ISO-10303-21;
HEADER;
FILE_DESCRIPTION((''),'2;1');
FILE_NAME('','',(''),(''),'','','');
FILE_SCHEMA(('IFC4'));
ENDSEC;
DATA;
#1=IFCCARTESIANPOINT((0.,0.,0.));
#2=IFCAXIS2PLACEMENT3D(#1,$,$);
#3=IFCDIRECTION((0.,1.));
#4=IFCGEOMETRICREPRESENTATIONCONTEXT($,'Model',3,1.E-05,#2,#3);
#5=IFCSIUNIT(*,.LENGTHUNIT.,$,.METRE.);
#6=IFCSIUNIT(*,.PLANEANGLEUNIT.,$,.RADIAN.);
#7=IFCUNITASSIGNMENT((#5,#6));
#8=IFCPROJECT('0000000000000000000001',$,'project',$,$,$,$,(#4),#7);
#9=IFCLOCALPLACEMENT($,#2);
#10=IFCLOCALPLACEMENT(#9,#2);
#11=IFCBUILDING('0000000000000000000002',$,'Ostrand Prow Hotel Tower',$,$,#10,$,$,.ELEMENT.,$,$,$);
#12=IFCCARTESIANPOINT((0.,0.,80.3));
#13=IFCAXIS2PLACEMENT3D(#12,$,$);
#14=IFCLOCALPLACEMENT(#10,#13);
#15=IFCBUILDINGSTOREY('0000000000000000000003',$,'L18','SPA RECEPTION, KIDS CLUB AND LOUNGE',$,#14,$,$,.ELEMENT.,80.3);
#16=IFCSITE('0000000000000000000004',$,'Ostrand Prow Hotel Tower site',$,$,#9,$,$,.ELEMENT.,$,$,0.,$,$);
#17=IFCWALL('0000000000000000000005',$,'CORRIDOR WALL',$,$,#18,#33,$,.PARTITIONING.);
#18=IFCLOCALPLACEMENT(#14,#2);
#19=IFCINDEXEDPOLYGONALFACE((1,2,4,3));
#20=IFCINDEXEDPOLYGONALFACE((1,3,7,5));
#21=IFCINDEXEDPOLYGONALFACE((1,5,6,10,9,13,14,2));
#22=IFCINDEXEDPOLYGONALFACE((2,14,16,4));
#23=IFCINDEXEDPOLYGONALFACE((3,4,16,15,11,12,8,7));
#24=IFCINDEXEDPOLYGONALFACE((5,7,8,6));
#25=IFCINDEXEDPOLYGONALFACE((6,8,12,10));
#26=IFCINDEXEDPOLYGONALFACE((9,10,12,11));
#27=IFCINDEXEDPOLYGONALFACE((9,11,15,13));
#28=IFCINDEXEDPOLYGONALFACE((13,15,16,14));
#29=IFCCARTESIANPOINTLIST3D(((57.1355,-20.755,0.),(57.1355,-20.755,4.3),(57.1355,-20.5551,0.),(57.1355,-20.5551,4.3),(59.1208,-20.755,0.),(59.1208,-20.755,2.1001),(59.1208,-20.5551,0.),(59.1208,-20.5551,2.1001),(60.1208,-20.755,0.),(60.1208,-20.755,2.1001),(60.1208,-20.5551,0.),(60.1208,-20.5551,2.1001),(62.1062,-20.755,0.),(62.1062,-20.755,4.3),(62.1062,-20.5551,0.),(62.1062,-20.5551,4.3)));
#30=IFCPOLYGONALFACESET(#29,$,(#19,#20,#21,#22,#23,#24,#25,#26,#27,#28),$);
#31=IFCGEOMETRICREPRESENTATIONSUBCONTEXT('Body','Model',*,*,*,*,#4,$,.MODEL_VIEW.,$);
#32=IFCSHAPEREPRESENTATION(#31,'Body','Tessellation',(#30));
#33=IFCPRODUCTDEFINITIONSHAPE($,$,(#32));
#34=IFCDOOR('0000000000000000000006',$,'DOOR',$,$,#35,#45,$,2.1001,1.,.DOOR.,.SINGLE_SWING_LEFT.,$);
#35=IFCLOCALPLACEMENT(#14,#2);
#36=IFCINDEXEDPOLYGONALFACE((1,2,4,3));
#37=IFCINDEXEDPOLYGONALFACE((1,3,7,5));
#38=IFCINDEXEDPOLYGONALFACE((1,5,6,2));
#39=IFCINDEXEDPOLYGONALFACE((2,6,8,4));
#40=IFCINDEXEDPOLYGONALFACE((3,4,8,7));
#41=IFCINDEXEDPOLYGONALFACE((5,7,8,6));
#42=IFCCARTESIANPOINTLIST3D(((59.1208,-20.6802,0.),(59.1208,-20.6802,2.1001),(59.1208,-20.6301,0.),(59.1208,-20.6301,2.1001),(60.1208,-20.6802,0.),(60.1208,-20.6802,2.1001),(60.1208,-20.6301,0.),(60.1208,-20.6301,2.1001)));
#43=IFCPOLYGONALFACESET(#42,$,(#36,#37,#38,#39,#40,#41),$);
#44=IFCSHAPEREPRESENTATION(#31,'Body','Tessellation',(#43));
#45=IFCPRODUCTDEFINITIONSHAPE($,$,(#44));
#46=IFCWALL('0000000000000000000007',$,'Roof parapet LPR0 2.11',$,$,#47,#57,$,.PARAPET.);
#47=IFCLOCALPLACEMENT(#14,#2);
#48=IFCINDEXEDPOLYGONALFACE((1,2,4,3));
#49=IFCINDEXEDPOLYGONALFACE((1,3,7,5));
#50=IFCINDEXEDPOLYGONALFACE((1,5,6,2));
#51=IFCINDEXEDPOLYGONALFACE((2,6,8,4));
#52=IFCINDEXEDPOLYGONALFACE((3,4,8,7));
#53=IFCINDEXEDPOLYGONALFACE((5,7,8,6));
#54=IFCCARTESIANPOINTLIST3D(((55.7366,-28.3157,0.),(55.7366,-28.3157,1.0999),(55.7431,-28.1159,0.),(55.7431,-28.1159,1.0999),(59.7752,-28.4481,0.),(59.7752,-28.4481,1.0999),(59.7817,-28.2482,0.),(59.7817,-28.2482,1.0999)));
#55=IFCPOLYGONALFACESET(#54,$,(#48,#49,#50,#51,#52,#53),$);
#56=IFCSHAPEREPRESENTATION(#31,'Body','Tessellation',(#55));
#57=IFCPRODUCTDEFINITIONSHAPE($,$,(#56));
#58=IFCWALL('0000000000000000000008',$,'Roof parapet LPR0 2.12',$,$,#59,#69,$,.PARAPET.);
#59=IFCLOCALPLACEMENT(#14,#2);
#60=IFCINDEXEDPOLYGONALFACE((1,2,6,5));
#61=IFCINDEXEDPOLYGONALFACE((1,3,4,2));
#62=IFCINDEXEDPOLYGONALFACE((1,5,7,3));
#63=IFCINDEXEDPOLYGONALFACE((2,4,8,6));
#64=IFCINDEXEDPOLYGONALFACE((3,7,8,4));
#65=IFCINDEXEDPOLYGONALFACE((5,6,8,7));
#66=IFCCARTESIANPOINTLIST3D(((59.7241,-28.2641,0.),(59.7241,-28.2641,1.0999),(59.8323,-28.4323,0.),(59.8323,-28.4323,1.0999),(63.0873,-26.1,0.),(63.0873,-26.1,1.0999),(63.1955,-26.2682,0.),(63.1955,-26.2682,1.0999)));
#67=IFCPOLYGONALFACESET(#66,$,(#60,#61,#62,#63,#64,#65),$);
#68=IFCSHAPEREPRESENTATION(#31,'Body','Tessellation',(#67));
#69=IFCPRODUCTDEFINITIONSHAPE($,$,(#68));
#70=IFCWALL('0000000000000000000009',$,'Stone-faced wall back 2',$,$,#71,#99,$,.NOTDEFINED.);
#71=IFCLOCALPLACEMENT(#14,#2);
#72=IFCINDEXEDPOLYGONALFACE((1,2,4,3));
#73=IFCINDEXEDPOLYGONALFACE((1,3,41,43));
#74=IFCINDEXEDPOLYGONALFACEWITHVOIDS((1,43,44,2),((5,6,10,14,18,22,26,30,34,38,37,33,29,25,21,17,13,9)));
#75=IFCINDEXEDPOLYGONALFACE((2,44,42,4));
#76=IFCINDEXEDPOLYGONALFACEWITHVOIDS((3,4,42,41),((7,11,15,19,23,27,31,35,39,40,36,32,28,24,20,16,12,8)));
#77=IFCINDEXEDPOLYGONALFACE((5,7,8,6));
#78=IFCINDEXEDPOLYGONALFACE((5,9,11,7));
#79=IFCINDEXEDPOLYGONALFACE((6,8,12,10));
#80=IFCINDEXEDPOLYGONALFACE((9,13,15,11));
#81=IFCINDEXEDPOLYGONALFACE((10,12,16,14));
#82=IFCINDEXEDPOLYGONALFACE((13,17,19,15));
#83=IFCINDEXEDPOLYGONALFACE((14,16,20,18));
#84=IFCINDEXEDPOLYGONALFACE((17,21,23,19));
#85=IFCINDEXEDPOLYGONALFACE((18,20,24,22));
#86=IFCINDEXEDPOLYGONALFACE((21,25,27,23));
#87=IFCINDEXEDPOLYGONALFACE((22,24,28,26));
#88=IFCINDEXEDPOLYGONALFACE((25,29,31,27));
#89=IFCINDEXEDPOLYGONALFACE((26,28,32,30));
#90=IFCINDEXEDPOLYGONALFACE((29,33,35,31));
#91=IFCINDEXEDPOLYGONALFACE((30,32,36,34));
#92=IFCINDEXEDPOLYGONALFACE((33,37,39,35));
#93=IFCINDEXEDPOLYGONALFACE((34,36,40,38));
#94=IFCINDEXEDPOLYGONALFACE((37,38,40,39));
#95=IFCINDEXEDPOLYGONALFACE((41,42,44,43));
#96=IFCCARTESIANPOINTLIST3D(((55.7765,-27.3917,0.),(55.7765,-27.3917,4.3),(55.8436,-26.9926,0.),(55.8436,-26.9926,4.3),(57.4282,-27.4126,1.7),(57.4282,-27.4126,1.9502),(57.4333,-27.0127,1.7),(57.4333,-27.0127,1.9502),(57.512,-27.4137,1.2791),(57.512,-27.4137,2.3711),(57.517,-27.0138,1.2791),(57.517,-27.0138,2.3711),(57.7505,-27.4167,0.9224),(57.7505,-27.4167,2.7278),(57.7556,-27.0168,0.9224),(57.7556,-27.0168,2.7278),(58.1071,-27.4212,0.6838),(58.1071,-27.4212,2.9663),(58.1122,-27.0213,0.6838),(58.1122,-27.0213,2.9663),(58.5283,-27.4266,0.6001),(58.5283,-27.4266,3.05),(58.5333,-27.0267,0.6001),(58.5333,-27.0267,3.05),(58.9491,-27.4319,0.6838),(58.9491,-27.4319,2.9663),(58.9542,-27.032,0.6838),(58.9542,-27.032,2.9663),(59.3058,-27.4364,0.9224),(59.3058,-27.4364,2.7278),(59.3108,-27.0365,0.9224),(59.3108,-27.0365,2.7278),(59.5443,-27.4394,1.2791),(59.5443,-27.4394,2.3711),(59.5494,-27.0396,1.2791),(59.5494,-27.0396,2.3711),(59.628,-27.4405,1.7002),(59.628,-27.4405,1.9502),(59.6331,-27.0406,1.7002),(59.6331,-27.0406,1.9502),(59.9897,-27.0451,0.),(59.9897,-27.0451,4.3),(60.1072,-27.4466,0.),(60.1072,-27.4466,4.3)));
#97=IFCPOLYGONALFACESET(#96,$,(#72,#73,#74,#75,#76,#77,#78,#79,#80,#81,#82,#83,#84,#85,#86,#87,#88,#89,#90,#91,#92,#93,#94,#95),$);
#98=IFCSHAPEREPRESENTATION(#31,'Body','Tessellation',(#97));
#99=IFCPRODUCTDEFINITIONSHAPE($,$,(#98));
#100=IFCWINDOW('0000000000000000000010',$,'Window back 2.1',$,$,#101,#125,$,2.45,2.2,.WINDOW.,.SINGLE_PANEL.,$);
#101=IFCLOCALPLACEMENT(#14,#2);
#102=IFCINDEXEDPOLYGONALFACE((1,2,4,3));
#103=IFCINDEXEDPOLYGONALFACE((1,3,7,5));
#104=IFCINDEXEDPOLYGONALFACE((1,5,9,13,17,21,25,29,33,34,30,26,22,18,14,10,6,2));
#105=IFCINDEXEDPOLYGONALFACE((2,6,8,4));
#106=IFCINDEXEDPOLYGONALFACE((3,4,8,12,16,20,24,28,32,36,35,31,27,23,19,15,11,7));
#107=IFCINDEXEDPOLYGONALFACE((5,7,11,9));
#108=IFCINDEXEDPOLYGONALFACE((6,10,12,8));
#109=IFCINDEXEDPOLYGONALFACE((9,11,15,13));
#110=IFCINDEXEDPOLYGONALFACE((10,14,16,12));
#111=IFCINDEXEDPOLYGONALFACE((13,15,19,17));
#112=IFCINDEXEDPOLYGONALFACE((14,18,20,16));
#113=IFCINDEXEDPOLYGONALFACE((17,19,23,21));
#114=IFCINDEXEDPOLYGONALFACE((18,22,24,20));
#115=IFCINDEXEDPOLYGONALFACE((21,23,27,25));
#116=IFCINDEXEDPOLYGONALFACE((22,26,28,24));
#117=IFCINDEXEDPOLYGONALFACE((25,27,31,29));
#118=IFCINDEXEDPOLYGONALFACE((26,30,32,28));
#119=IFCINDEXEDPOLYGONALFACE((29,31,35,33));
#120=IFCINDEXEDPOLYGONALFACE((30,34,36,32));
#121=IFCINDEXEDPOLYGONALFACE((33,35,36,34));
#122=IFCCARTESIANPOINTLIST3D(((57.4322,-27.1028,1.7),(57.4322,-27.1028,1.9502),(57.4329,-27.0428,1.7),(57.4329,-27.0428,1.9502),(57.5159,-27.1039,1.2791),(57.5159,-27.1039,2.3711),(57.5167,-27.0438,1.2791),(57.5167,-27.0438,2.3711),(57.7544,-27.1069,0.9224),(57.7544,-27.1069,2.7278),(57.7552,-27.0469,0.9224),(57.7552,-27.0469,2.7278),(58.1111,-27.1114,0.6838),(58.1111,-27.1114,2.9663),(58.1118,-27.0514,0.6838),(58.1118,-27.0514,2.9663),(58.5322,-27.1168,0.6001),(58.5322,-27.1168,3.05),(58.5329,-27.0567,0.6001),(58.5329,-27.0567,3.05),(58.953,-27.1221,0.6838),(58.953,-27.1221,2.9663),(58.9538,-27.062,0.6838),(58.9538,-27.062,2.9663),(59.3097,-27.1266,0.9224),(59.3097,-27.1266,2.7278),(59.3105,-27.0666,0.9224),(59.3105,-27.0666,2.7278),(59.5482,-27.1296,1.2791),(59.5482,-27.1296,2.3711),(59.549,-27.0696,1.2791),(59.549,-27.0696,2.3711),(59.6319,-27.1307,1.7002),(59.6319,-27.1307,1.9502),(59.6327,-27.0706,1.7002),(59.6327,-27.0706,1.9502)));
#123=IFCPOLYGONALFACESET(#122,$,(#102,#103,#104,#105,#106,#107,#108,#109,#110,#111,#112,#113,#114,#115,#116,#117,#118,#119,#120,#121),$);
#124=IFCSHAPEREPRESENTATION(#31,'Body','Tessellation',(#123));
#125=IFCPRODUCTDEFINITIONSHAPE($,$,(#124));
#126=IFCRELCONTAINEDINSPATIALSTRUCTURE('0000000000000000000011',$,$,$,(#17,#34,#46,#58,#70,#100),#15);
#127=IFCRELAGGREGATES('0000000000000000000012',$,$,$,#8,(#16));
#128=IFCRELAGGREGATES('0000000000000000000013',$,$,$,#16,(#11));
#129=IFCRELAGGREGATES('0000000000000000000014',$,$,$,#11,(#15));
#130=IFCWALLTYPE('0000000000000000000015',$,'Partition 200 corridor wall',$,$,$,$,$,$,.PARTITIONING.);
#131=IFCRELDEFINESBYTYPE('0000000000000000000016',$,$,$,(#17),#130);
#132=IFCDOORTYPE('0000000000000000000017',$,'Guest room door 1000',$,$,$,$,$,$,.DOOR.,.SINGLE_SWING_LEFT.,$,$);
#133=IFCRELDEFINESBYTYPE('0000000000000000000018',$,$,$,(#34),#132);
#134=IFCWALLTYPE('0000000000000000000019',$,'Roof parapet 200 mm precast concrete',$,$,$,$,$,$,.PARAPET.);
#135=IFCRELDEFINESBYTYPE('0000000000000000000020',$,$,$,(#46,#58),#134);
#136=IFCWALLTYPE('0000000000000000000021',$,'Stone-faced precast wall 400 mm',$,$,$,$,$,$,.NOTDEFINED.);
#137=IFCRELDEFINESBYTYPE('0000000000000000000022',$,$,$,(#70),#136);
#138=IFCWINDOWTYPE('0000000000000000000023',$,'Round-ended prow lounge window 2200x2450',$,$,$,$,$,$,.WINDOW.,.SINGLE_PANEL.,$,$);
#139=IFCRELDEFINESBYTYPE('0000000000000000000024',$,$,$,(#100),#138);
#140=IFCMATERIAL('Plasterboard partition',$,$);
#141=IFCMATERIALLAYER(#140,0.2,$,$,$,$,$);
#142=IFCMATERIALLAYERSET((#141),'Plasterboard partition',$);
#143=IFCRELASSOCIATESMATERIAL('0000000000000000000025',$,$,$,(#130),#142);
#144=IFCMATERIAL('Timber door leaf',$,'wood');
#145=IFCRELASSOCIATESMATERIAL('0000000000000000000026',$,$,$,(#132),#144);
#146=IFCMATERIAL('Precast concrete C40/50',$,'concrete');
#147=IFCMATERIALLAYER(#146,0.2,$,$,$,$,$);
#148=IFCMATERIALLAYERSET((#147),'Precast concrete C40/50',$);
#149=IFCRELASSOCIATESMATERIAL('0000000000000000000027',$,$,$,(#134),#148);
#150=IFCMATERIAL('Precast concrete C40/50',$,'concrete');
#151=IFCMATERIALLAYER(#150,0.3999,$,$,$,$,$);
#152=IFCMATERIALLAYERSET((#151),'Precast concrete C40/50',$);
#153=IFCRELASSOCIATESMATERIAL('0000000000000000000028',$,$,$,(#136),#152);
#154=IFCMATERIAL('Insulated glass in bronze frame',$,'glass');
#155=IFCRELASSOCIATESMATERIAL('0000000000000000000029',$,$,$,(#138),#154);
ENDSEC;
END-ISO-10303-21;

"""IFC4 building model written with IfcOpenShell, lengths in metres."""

from ifc_helpers import new_model, si_unit, direction, frame, frame_2d, origin, place, context, subcontext, project, spatial, polyline, rectangle, outline, extrude, material, layer, layer_set, type_object, element, fill, save


model = new_model("IFC4")

# Units and contexts
model_context = context("Model", 3, precision=1e-05, world=origin(), true_north=direction((0.0, 1.0)))
body_context = subcontext(model_context, "Body", "Model", "MODEL_VIEW")
ifc_project = project(units=[si_unit("LENGTHUNIT", "METRE"), si_unit("PLANEANGLEUNIT", "RADIAN")], contexts=[model_context])

# Site, building, storey
site_placement = place(None, origin())
site = spatial("IfcSite", under=ifc_project, at=site_placement, Name="Ostrand Prow Hotel Tower site", CompositionType="ELEMENT", RefElevation=0.0)
building_placement = place(site_placement, origin())
building = spatial("IfcBuilding", under=site, at=building_placement, Name="Ostrand Prow Hotel Tower", CompositionType="ELEMENT")
storey_placement = place(building_placement, frame((0.0, 0.0, 80.3)))
storey = spatial("IfcBuildingStorey", under=building, at=storey_placement, Name="L18", Description="SPA RECEPTION, KIDS CLUB AND LOUNGE", CompositionType="ELEMENT", Elevation=80.3)

# Wall, opening, door
ifc_material_1 = material(Name="Plasterboard partition")
ifc_layer_1 = layer(ifc_material_1, 0.2)
ifc_layer_set_1 = layer_set([ifc_layer_1], Name="Plasterboard partition")
wall_type_1 = type_object("IfcWallType", Name="Partition 200 corridor wall", PredefinedType="PARTITIONING", material=ifc_layer_set_1)
wall_1_placement = place(storey_placement, frame((57.1355, -20.655, 0.0), z_axis=(0.0, 0.0, 1.0), x_axis=(1.0, 0.0, 0.0)))
wall_1 = element("IfcWall", 1, at=wall_1_placement, inside=storey, type_object=wall_type_1, Name="CORRIDOR WALL", PredefinedType="PARTITIONING", context=body_context, shape_type="SweptSolid", body=[
    extrude(rectangle(XDim=4.9707, YDim=0.2, at=frame_2d((2.4854, 0.0))), origin(), (0.0, 0.0, 1.0), 4.3),
])
opening_1_placement = place(wall_1_placement, frame((1.9854, 0.0, 0.0)))
opening_1 = element("IfcOpeningElement", 2, at=opening_1_placement, cuts=wall_1, PredefinedType="OPENING", context=body_context, shape_type="SweptSolid", body=[
    extrude(rectangle(XDim=1.0, YDim=2.1001, at=frame_2d((0.5, 1.05))), frame((0.0, 0.1099, 0.0), z_axis=(0.0, -1.0, 0.0), x_axis=(1.0, 0.0, 0.0)), (0.0, 0.0, 1.0), 0.22),
])
ifc_material_2 = material(Name="Timber door leaf", Category="wood")
door_type_1 = type_object("IfcDoorType", Name="Guest room door 1000", OperationType="SINGLE_SWING_LEFT", PredefinedType="DOOR", material=ifc_material_2)
door_1_placement = place(opening_1_placement, origin())
door_1 = element("IfcDoor", 3, at=door_1_placement, inside=storey, type_object=door_type_1, Name="DOOR", OperationType="SINGLE_SWING_LEFT", OverallHeight=2.1001, OverallWidth=1.0, PredefinedType="DOOR", context=body_context, shape_type="SweptSolid", body=[
    extrude(rectangle(XDim=1.0, YDim=2.1001, at=frame_2d((0.5, 1.05))), frame((0.0, 0.0249, 0.0), z_axis=(0.0, -1.0, 0.0), x_axis=(1.0, 0.0, 0.0)), (0.0, 0.0, 1.0), 0.05),
])
fill(opening_1, door_1)

# Walls
ifc_material_3 = material(Name="Precast concrete C40/50", Category="concrete")
ifc_layer_2 = layer(ifc_material_3, 0.2)
ifc_layer_set_2 = layer_set([ifc_layer_2], Name="Precast concrete C40/50")
wall_type_2 = type_object("IfcWallType", Name="Roof parapet 200 mm precast concrete", PredefinedType="PARAPET", material=ifc_layer_set_2)
wall_2_placement = place(storey_placement, frame((55.7397, -28.2158, 0.0), z_axis=(0.0, 0.0, 1.0), x_axis=(0.999464, -0.032748, 0.0)))
element("IfcWall", 4, at=wall_2_placement, inside=storey, type_object=wall_type_2, Name="Roof parapet LPR0 2.11", PredefinedType="PARAPET", context=body_context, shape_type="SweptSolid", body=[
    extrude(rectangle(XDim=4.0408, YDim=0.2, at=frame_2d((2.0205, 0.0))), origin(), (0.0, 0.0, 1.0), 1.0999),
])
wall_3_placement = place(storey_placement, frame((59.7783, -28.3481, 0.0), z_axis=(0.0, 0.0, 1.0), x_axis=(0.840938, 0.541131, 0.0)))
element("IfcWall", 5, at=wall_3_placement, inside=storey, type_object=wall_type_2, Name="Roof parapet LPR0 2.12", PredefinedType="PARAPET", context=body_context, shape_type="SweptSolid", body=[
    extrude(rectangle(XDim=3.9993, YDim=0.2, at=frame_2d((1.9995, 0.0))), origin(), (0.0, 0.0, 1.0), 1.0999),
])

# Wall, opening, window
ifc_material_4 = material(Name="Precast concrete C40/50", Category="concrete")
ifc_layer_3 = layer(ifc_material_4, 0.3999)
ifc_layer_set_3 = layer_set([ifc_layer_3], Name="Precast concrete C40/50")
wall_type_3 = type_object("IfcWallType", Name="Stone-faced precast wall 400 mm", PredefinedType="NOTDEFINED", material=ifc_layer_set_3)
wall_4_placement = place(storey_placement, frame((55.8101, -27.1921, 0.0), z_axis=(0.0, 0.0, 1.0), x_axis=(0.99992, -0.012671, 0.0)))
wall_4 = element("IfcWall", 6, at=wall_4_placement, inside=storey, type_object=wall_type_3, Name="Stone-faced wall back 2", PredefinedType="NOTDEFINED", context=body_context, shape_type="SweptSolid", body=[
    extrude(outline(polyline([(-0.031, -0.2), (4.3, -0.2), (4.1775, 0.2), (0.031, 0.2), (-0.031, -0.2)])), origin(), (0.0, 0.0, 1.0), 4.3),
])
opening_2_placement = place(wall_4_placement, frame((1.6208, 0.0, 0.6001)))
opening_2 = element("IfcOpeningElement", 7, at=opening_2_placement, cuts=wall_4, PredefinedType="OPENING", context=body_context, shape_type="SweptSolid", body=[
    extrude(outline(polyline([(0.0, 1.3501), (0.0837, 1.771), (0.3223, 2.1277), (0.679, 2.3662), (1.1001, 2.45), (1.521, 2.3662), (1.8777, 2.1277), (2.1162, 1.771), (2.2, 1.3501), (2.2, 1.1001), (2.1162, 0.679), (1.8777, 0.3223), (1.521, 0.0837), (1.1001, 0.0), (0.679, 0.0837), (0.3223, 0.3223), (0.0837, 0.679), (0.0, 1.0999), (0.0, 1.3501)])), frame((0.0, 0.21, 0.0), z_axis=(0.0, -1.0, 0.0), x_axis=(1.0, 0.0, 0.0)), (0.0, 0.0, 1.0), 0.4199),
])
ifc_material_5 = material(Name="Insulated glass in bronze frame", Category="glass")
window_type_1 = type_object("IfcWindowType", Name="Round-ended prow lounge window 2200x2450", PartitioningType="SINGLE_PANEL", PredefinedType="WINDOW", material=ifc_material_5)
window_1_placement = place(opening_2_placement, origin())
window_1 = element("IfcWindow", 8, at=window_1_placement, inside=storey, type_object=window_type_1, Name="Window back 2.1", OverallHeight=2.45, OverallWidth=2.2, PartitioningType="SINGLE_PANEL", PredefinedType="WINDOW", context=body_context, shape_type="SweptSolid", body=[
    extrude(outline(polyline([(0.0, 1.3501), (0.0837, 1.771), (0.3223, 2.1277), (0.679, 2.3662), (1.1001, 2.45), (1.521, 2.3662), (1.8777, 2.1277), (2.1162, 1.771), (2.2, 1.3501), (2.2, 1.1001), (2.1162, 0.679), (1.8777, 0.3223), (1.521, 0.0837), (1.1001, 0.0), (0.679, 0.0837), (0.3223, 0.3223), (0.0837, 0.679), (0.0, 1.0999), (0.0, 1.3501)])), frame((0.0, 0.1699, 0.0), z_axis=(0.0, -1.0, 0.0), x_axis=(1.0, 0.0, 0.0)), (0.0, 0.0, 1.0), 0.0601),
])
fill(opening_2, window_1)

save(model, "model.ifc")
